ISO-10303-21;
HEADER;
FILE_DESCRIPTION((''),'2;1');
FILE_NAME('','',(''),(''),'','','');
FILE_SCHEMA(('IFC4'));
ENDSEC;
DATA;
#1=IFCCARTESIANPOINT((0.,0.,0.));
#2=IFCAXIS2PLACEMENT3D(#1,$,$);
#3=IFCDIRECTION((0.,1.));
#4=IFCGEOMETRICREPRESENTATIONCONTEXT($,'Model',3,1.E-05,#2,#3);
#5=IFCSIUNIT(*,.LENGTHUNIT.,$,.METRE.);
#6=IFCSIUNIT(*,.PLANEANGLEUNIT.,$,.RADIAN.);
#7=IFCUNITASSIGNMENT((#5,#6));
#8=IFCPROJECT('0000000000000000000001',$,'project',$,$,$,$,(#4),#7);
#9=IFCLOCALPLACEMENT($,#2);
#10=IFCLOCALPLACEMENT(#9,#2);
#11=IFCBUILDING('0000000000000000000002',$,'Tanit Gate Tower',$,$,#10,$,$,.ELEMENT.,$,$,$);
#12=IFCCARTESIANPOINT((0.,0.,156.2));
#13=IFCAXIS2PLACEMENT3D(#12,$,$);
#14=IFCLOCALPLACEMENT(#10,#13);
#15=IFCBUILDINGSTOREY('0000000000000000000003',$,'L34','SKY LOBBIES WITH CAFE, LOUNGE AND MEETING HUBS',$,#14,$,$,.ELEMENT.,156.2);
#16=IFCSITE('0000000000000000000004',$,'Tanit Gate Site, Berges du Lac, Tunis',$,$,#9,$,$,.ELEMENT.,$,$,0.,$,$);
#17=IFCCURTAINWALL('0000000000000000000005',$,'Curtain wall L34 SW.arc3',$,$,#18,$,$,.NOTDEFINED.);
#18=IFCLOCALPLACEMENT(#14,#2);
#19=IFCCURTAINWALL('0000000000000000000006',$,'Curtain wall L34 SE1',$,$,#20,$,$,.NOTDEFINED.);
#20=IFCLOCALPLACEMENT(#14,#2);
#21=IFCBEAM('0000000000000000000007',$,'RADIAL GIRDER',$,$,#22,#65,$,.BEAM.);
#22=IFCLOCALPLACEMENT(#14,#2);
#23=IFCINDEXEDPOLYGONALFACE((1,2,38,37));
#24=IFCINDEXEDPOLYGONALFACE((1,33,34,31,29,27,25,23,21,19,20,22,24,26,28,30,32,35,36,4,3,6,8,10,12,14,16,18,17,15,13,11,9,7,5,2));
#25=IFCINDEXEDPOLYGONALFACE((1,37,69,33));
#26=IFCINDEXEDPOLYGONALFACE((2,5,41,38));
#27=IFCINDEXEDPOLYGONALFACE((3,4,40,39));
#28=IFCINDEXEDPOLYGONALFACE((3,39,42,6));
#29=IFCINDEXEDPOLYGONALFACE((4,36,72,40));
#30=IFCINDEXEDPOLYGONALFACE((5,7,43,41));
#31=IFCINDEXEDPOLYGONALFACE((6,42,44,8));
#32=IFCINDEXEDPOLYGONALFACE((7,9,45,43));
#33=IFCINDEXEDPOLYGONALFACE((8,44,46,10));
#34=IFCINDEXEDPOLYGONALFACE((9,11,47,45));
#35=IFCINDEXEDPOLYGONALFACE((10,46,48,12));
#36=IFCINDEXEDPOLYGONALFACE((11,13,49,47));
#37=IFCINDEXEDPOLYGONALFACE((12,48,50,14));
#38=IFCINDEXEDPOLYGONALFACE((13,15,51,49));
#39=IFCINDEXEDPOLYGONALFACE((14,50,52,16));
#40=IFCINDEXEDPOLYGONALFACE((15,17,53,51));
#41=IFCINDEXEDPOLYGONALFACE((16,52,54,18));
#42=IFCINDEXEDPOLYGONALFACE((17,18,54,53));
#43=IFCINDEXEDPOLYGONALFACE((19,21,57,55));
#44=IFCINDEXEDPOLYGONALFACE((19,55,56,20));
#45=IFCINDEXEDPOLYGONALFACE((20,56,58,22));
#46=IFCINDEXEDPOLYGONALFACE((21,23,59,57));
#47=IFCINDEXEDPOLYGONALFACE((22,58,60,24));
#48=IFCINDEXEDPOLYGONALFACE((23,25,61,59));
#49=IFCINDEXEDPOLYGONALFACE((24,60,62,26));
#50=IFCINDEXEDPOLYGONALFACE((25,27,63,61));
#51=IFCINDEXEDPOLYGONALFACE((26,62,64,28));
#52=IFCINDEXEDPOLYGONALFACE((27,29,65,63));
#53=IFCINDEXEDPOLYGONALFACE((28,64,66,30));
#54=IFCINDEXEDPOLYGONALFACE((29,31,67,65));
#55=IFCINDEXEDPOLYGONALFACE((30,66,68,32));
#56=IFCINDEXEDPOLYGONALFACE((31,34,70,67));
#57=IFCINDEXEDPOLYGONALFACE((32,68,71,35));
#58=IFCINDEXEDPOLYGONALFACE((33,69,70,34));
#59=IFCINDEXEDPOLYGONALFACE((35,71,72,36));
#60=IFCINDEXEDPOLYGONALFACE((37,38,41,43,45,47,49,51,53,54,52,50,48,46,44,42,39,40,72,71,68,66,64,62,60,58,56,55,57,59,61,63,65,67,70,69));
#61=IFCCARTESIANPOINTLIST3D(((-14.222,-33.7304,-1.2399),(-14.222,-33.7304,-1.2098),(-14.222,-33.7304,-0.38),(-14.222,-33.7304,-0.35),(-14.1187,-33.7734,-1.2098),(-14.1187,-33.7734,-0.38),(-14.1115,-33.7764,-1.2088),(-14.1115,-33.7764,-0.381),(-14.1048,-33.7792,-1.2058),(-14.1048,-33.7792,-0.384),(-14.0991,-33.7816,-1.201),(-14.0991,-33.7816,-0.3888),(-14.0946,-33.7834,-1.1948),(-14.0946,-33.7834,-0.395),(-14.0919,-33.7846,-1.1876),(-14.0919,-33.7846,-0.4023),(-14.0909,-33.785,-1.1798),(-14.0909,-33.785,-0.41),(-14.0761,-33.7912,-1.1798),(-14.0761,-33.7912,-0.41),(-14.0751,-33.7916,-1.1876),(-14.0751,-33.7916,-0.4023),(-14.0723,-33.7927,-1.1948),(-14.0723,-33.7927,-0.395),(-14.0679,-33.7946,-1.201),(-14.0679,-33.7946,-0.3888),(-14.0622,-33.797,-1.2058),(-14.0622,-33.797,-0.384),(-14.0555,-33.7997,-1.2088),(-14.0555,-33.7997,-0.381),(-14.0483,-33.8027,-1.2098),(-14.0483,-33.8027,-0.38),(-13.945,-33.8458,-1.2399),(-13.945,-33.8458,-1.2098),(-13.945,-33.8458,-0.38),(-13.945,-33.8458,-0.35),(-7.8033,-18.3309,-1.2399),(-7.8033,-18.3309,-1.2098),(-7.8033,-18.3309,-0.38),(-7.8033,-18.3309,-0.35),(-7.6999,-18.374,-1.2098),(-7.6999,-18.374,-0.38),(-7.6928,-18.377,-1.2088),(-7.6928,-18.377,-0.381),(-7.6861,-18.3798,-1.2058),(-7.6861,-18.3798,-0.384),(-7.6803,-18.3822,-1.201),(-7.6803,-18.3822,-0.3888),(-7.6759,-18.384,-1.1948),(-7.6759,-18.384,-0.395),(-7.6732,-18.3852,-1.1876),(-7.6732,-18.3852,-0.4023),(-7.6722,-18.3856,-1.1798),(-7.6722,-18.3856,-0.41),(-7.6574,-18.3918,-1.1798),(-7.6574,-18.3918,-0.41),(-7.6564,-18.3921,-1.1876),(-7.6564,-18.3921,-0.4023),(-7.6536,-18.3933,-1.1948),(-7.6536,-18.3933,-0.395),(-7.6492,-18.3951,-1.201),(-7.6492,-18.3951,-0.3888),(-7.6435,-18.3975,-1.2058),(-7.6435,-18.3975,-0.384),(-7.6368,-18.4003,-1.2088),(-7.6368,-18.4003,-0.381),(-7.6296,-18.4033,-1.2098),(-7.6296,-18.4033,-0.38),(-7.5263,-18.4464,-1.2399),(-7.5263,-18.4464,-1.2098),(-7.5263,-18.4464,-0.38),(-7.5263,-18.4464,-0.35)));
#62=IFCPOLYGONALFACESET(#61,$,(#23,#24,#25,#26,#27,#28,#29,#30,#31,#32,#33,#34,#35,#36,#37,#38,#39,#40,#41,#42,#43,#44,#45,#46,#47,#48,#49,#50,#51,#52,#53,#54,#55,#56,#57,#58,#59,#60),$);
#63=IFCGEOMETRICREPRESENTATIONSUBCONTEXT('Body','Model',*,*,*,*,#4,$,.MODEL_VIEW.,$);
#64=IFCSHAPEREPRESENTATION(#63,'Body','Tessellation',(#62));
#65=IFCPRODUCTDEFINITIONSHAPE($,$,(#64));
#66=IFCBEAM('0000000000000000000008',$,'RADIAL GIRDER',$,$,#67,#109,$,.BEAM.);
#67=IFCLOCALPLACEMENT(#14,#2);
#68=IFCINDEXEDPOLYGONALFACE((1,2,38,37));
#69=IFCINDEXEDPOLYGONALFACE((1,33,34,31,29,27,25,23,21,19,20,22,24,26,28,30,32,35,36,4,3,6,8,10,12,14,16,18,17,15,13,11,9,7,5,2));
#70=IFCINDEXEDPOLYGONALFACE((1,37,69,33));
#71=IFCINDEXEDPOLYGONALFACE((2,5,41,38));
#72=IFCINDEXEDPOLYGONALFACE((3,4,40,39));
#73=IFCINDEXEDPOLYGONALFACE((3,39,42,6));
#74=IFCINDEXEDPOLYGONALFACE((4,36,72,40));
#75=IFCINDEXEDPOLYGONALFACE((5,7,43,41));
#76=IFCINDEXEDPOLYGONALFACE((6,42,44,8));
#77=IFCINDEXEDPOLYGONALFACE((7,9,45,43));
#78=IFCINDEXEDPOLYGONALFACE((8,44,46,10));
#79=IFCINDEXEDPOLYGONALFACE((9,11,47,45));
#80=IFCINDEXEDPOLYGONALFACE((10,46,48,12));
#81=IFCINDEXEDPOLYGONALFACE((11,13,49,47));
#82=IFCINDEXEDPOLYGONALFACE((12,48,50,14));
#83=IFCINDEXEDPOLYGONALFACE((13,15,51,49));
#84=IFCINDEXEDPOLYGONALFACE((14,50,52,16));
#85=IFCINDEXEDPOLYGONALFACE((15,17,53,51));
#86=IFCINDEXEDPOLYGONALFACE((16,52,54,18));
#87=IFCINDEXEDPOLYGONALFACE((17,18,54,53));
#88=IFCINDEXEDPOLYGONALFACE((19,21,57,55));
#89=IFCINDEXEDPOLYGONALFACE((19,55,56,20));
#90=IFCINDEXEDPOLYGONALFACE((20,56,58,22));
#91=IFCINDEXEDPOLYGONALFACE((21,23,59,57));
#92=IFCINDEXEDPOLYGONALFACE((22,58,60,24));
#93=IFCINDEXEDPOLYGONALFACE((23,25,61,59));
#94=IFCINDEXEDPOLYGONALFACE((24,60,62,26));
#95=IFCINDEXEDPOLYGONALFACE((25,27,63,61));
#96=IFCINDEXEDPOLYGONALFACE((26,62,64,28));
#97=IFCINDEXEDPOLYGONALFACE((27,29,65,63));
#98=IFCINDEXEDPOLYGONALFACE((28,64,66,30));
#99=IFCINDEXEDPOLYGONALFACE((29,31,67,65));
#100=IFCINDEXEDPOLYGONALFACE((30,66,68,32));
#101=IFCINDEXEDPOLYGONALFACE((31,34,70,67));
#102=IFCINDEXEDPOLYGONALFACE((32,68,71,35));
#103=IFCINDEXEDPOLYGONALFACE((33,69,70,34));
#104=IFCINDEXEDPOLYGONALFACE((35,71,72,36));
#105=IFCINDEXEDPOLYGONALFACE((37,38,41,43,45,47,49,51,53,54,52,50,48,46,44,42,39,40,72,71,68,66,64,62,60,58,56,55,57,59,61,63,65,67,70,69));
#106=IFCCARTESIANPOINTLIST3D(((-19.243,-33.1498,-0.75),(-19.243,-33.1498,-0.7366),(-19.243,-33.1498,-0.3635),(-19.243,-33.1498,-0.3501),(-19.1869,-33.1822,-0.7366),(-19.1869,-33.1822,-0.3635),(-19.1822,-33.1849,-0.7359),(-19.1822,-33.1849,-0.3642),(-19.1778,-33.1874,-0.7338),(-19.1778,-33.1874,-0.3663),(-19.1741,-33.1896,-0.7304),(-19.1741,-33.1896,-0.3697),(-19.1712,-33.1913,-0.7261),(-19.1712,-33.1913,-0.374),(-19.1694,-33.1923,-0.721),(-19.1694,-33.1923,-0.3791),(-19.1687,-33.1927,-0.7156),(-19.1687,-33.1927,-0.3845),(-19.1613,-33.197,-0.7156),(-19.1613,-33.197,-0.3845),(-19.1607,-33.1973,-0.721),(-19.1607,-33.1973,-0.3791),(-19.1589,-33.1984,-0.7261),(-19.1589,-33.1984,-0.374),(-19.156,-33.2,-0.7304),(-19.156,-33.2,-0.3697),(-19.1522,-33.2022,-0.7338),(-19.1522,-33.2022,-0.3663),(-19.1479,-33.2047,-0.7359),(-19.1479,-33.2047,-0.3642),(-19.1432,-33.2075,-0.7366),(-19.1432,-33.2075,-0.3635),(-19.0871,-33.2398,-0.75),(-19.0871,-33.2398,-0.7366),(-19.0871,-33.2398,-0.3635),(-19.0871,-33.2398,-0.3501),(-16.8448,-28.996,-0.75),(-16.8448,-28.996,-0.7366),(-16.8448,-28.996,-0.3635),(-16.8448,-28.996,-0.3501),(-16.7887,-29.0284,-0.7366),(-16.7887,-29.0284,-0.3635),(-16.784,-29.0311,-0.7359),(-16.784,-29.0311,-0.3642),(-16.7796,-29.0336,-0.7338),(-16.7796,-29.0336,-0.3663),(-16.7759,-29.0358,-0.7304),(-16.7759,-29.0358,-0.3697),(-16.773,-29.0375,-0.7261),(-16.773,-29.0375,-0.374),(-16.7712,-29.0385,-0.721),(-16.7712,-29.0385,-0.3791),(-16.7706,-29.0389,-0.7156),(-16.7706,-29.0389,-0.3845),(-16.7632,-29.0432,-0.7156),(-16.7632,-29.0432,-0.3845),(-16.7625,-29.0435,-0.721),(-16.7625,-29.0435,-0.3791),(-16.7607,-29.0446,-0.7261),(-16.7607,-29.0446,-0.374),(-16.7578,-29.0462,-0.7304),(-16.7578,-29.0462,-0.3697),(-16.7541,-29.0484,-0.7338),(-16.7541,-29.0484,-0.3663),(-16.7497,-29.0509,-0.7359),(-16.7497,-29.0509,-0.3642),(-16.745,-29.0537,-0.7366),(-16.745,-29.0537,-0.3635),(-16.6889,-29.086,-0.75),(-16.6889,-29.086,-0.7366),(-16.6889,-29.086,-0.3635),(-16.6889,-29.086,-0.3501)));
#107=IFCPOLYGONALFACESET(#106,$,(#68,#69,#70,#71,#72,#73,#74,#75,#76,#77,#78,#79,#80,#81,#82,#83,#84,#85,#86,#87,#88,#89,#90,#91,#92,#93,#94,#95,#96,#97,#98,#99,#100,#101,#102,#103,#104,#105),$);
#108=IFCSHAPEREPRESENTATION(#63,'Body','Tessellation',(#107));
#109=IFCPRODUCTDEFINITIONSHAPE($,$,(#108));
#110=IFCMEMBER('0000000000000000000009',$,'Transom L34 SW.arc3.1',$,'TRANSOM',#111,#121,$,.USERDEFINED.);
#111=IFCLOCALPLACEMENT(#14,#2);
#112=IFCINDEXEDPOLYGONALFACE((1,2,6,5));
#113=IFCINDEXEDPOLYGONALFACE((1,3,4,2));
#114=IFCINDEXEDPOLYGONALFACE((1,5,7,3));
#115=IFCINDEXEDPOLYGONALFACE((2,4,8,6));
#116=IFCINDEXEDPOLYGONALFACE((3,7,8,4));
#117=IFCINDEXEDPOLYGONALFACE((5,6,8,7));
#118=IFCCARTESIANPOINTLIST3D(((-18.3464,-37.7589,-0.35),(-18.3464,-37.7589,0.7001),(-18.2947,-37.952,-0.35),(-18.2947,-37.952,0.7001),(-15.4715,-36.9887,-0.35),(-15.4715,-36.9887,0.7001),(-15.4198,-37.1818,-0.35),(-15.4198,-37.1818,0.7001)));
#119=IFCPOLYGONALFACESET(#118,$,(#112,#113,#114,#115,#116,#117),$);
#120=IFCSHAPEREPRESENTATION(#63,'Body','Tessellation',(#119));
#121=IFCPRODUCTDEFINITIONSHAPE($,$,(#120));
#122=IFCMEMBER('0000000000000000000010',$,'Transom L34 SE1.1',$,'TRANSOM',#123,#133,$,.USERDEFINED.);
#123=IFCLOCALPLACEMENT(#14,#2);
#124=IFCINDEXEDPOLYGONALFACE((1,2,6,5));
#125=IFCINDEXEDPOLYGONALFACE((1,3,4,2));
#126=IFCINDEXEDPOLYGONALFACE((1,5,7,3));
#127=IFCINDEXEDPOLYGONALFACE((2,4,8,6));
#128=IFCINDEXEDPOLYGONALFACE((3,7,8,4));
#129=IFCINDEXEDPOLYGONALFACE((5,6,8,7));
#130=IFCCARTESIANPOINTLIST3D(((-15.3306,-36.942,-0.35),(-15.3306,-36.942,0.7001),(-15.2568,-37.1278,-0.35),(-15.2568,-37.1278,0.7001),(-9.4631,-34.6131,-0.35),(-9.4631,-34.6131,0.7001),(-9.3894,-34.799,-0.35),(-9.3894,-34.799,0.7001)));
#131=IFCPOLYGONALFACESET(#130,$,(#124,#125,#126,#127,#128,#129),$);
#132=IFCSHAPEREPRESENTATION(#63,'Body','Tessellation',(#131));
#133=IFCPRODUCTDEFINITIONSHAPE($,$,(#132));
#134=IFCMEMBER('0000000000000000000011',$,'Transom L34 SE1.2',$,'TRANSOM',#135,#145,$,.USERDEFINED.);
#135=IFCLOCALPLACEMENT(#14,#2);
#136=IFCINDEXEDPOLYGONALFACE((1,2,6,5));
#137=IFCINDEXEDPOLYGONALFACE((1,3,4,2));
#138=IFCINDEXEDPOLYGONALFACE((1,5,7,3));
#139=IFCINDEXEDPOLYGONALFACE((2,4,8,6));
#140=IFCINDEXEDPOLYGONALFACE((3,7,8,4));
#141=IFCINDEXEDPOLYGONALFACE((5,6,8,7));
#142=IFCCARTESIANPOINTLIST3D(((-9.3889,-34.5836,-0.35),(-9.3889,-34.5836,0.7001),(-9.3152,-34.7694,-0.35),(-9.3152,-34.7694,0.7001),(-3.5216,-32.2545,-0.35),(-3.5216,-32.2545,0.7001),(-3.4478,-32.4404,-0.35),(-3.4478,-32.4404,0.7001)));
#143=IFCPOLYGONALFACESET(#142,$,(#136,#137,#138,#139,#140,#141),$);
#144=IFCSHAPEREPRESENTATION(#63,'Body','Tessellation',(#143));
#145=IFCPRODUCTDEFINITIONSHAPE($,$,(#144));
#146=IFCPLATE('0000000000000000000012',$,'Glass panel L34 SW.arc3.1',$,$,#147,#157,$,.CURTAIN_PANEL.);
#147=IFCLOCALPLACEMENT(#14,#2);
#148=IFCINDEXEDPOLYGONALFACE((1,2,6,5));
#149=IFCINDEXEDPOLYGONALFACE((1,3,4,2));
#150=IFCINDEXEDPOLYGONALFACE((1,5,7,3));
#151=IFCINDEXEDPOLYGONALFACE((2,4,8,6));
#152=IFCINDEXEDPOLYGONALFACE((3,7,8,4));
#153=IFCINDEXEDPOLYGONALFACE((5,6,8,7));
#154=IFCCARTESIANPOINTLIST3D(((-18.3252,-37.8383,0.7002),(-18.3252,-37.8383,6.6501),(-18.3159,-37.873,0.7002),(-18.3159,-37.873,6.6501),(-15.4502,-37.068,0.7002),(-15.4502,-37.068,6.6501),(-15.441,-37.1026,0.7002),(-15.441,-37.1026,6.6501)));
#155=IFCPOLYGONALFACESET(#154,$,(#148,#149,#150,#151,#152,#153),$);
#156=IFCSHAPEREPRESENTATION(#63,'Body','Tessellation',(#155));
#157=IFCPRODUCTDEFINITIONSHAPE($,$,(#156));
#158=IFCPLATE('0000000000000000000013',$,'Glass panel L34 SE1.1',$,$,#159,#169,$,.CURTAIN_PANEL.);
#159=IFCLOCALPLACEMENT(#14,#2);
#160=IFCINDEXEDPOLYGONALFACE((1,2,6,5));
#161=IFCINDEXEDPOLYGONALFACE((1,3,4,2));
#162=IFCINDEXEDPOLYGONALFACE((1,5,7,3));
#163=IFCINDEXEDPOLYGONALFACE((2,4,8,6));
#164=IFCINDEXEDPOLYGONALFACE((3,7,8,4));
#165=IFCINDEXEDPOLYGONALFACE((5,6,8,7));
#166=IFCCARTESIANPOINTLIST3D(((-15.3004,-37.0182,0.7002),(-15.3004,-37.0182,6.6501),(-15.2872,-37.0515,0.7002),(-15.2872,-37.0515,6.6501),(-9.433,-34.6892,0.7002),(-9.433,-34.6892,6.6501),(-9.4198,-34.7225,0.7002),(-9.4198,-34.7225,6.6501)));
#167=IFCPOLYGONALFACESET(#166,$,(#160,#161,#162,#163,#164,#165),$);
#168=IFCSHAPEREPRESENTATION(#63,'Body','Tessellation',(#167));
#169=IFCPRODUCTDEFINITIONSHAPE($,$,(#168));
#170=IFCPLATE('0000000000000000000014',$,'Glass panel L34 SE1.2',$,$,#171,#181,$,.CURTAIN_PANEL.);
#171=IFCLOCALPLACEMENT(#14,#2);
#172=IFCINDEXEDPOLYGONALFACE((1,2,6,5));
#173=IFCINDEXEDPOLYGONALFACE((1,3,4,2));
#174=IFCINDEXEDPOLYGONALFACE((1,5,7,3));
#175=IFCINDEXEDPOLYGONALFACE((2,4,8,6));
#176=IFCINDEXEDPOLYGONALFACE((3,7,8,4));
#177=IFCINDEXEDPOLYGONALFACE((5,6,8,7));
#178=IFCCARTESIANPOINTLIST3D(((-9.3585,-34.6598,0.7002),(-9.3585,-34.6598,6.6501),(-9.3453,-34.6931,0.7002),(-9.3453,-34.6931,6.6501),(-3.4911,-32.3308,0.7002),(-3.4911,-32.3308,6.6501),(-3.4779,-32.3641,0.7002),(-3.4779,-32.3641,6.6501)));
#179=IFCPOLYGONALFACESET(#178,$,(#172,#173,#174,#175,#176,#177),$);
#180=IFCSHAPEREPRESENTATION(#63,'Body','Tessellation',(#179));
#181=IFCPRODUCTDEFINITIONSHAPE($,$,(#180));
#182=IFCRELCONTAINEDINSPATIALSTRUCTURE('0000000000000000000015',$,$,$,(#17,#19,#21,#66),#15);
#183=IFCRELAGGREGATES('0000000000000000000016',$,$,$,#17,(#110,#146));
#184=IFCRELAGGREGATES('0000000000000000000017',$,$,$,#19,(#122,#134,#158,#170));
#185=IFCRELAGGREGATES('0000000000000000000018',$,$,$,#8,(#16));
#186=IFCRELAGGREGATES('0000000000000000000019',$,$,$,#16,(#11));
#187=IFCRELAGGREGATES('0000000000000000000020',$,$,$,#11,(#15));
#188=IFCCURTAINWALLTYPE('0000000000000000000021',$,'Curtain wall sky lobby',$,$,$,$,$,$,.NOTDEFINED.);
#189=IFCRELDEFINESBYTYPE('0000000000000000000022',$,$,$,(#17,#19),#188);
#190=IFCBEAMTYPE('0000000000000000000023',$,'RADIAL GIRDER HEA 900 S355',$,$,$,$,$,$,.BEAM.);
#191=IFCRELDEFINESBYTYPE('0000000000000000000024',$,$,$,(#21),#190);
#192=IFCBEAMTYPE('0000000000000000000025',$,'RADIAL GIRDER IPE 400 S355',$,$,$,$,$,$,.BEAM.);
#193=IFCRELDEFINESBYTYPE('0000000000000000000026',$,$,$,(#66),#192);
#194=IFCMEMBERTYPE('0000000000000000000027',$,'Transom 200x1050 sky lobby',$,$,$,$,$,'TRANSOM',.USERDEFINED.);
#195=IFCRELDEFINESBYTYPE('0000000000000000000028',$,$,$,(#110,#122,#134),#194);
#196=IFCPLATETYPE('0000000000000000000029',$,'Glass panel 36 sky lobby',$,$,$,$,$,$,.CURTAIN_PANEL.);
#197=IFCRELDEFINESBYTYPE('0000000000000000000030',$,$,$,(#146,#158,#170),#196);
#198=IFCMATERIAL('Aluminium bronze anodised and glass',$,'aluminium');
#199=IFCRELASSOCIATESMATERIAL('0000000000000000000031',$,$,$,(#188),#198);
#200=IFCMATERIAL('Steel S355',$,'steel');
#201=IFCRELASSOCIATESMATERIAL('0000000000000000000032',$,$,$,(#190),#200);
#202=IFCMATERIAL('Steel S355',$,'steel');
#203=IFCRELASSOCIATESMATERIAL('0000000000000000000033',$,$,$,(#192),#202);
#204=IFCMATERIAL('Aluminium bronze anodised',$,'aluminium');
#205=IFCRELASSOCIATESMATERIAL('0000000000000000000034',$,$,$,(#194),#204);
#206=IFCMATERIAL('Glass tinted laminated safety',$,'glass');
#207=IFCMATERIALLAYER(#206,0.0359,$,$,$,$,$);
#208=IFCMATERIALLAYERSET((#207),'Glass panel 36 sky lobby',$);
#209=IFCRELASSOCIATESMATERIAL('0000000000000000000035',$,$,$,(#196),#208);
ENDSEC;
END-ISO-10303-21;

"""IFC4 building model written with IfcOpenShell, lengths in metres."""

from ifc_helpers import new_model, si_unit, direction, frame, origin, origin_2d, place, context, subcontext, project, spatial, rectangle, i_section, extrude, material, layer, layer_set, material_profile, profile_set, type_object, element, aggregate, save


model = new_model("IFC4")

# Units and contexts
model_context = context("Model", 3, precision=1e-05, world=origin(), true_north=direction((0.0, 1.0)))
body_context = subcontext(model_context, "Body", "Model", "MODEL_VIEW")
ifc_project = project(units=[si_unit("LENGTHUNIT", "METRE"), si_unit("PLANEANGLEUNIT", "RADIAN")], contexts=[model_context])

# Site, building, storey
site_placement = place(None, origin())
site = spatial("IfcSite", under=ifc_project, at=site_placement, Name="Tanit Gate Site, Berges du Lac, Tunis", CompositionType="ELEMENT", RefElevation=0.0)
building_placement = place(site_placement, origin())
building = spatial("IfcBuilding", under=site, at=building_placement, Name="Tanit Gate Tower", CompositionType="ELEMENT")
storey_placement = place(building_placement, frame((0.0, 0.0, 156.2)))
storey = spatial("IfcBuildingStorey", under=building, at=storey_placement, Name="L34", Description="SKY LOBBIES WITH CAFE, LOUNGE AND MEETING HUBS", CompositionType="ELEMENT", Elevation=156.2)

# Shared definitions
ifc_material_1 = material(Name="Aluminium bronze anodised and glass", Category="aluminium")
curtain_wall_type = type_object("IfcCurtainWallType", Name="Curtain wall sky lobby", PredefinedType="NOTDEFINED", material=ifc_material_1)

# Curtain walls
curtain_wall_1_placement = place(storey_placement, origin())
curtain_wall_1 = element("IfcCurtainWall", 1, at=curtain_wall_1_placement, inside=storey, type_object=curtain_wall_type, Name="Curtain wall L34 SW.arc3", PredefinedType="NOTDEFINED")
curtain_wall_2_placement = place(storey_placement, origin())
curtain_wall_2 = element("IfcCurtainWall", 2, at=curtain_wall_2_placement, inside=storey, type_object=curtain_wall_type, Name="Curtain wall L34 SE1", PredefinedType="NOTDEFINED")

# Beams
ifc_material_2 = material(Name="Steel S355", Category="steel")
ifc_material_profile_1 = material_profile(ifc_material_2, i_section(OverallWidth=0.3, OverallDepth=0.8899, WebThickness=0.0161, FlangeThickness=0.03, FilletRadius=0.03, at=origin_2d()), Name="HEA 900")
ifc_profile_set_1 = profile_set([ifc_material_profile_1], Name="Steel S355")
beam_type_1 = type_object("IfcBeamType", Name="RADIAL GIRDER HEA 900 S355", PredefinedType="BEAM", material=ifc_profile_set_1)
beam_1_placement = place(storey_placement, frame((-14.0835, -33.7881, -0.7949), z_axis=(0.384732, 0.923028, 0.0), x_axis=(-0.923028, 0.384732, 0.0)))
element("IfcBeam", 3, at=beam_1_placement, inside=storey, type_object=beam_type_1, Name="RADIAL GIRDER", PredefinedType="BEAM", context=body_context, shape_type="SweptSolid", body=[
    extrude(i_section(OverallWidth=0.3, OverallDepth=0.8899, WebThickness=0.0161, FlangeThickness=0.03, FilletRadius=0.03, at=origin_2d()), origin(), (0.0, 0.0, 1.0), 16.6836),
])
ifc_material_3 = material(Name="Steel S355", Category="steel")
ifc_material_profile_2 = material_profile(ifc_material_3, i_section(OverallWidth=0.1799, OverallDepth=0.3999, WebThickness=0.0085, FlangeThickness=0.0134, FilletRadius=0.021, at=origin_2d()), Name="IPE 400")
ifc_profile_set_2 = profile_set([ifc_material_profile_2], Name="Steel S355")
beam_type_2 = type_object("IfcBeamType", Name="RADIAL GIRDER IPE 400 S355", PredefinedType="BEAM", material=ifc_profile_set_2)
beam_2_placement = place(storey_placement, frame((-19.165, -33.1948, -0.55), z_axis=(0.499999, 0.866026, 0.0), x_axis=(-0.866026, 0.499999, 0.0)))
element("IfcBeam", 4, at=beam_2_placement, inside=storey, type_object=beam_type_2, Name="RADIAL GIRDER", PredefinedType="BEAM", context=body_context, shape_type="SweptSolid", body=[
    extrude(i_section(OverallWidth=0.1799, OverallDepth=0.3999, WebThickness=0.0085, FlangeThickness=0.0134, FilletRadius=0.021, at=origin_2d()), origin(), (0.0, 0.0, 1.0), 4.7964),
])

# Members
ifc_material_4 = material(Name="Aluminium bronze anodised", Category="aluminium")
ifc_material_profile_3 = material_profile(ifc_material_4, rectangle(XDim=0.2, YDim=1.05, at=origin_2d()), Name="200x1050 bronze transom")
ifc_profile_set_3 = profile_set([ifc_material_profile_3], Name="Aluminium bronze anodised")
member_type_1 = type_object("IfcMemberType", Name="Transom 200x1050 sky lobby", ElementType="TRANSOM", PredefinedType="USERDEFINED", material=ifc_profile_set_3)
member_1_placement = place(storey_placement, frame((-18.3206, -37.8555, 0.175), z_axis=(0.965933, 0.258791, 0.0), x_axis=(-0.258791, 0.965933, 0.0)))
member_1 = element("IfcMember", 5, at=member_1_placement, type_object=member_type_1, Name="Transom L34 SW.arc3.1", ObjectType="TRANSOM", PredefinedType="USERDEFINED", context=body_context, shape_type="SweptSolid", body=[
    extrude(rectangle(XDim=0.2, YDim=1.05, at=origin_2d()), origin(), (0.0, 0.0, 1.0), 2.9763),
])
member_2_placement = place(storey_placement, frame((-15.2937, -37.0349, 0.175), z_axis=(0.929463, 0.368916, 0.0), x_axis=(-0.368916, 0.929463, 0.0)))
member_2 = element("IfcMember", 6, at=member_2_placement, type_object=member_type_1, Name="Transom L34 SE1.1", ObjectType="TRANSOM", PredefinedType="USERDEFINED", context=body_context, shape_type="SweptSolid", body=[
    extrude(rectangle(XDim=0.2, YDim=1.05, at=origin_2d()), origin(), (0.0, 0.0, 1.0), 6.3127),
])
member_3_placement = place(storey_placement, frame((-9.3521, -34.6765, 0.175), z_axis=(0.92945, 0.368949, 0.0), x_axis=(-0.368949, 0.92945, 0.0)))
member_3 = element("IfcMember", 7, at=member_3_placement, type_object=member_type_1, Name="Transom L34 SE1.2", ObjectType="TRANSOM", PredefinedType="USERDEFINED", context=body_context, shape_type="SweptSolid", body=[
    extrude(rectangle(XDim=0.2, YDim=1.05, at=origin_2d()), origin(), (0.0, 0.0, 1.0), 6.3127),
])

# Plates
ifc_material_5 = material(Name="Glass tinted laminated safety", Category="glass")
ifc_layer_1 = layer(ifc_material_5, 0.0359)
ifc_layer_set_1 = layer_set([ifc_layer_1], Name="Glass panel 36 sky lobby")
plate_type = type_object("IfcPlateType", Name="Glass panel 36 sky lobby", PredefinedType="CURTAIN_PANEL", material=ifc_layer_set_1)
plate_1_placement = place(storey_placement, frame((-16.8831, -37.4705, 0.7002), z_axis=(0.0, 0.0, 1.0), x_axis=(0.965926, 0.258819, 0.0)))
plate_1 = element("IfcPlate", 8, at=plate_1_placement, type_object=plate_type, Name="Glass panel L34 SW.arc3.1", PredefinedType="CURTAIN_PANEL", context=body_context, shape_type="SweptSolid", body=[
    extrude(rectangle(XDim=2.9763, YDim=0.0359, at=origin_2d()), origin(), (0.0, 0.0, 1.0), 5.95),
])
aggregate(curtain_wall_1, [member_1, plate_1])
plate_2_placement = place(storey_placement, frame((-12.3601, -35.8704, 0.7002), z_axis=(0.0, 0.0, 1.0), x_axis=(0.929454, 0.368938, 0.0)))
plate_2 = element("IfcPlate", 9, at=plate_2_placement, type_object=plate_type, Name="Glass panel L34 SE1.1", PredefinedType="CURTAIN_PANEL", context=body_context, shape_type="SweptSolid", body=[
    extrude(rectangle(XDim=6.3127, YDim=0.0359, at=origin_2d()), origin(), (0.0, 0.0, 1.0), 5.95),
])
plate_3_placement = place(storey_placement, frame((-6.4182, -33.512, 0.7002), z_axis=(0.0, 0.0, 1.0), x_axis=(0.929454, 0.368938, 0.0)))
plate_3 = element("IfcPlate", 10, at=plate_3_placement, type_object=plate_type, Name="Glass panel L34 SE1.2", PredefinedType="CURTAIN_PANEL", context=body_context, shape_type="SweptSolid", body=[
    extrude(rectangle(XDim=6.3127, YDim=0.0359, at=origin_2d()), origin(), (0.0, 0.0, 1.0), 5.95),
])
aggregate(curtain_wall_2, [member_2, member_3, plate_2, plate_3])

save(model, "model.ifc")
